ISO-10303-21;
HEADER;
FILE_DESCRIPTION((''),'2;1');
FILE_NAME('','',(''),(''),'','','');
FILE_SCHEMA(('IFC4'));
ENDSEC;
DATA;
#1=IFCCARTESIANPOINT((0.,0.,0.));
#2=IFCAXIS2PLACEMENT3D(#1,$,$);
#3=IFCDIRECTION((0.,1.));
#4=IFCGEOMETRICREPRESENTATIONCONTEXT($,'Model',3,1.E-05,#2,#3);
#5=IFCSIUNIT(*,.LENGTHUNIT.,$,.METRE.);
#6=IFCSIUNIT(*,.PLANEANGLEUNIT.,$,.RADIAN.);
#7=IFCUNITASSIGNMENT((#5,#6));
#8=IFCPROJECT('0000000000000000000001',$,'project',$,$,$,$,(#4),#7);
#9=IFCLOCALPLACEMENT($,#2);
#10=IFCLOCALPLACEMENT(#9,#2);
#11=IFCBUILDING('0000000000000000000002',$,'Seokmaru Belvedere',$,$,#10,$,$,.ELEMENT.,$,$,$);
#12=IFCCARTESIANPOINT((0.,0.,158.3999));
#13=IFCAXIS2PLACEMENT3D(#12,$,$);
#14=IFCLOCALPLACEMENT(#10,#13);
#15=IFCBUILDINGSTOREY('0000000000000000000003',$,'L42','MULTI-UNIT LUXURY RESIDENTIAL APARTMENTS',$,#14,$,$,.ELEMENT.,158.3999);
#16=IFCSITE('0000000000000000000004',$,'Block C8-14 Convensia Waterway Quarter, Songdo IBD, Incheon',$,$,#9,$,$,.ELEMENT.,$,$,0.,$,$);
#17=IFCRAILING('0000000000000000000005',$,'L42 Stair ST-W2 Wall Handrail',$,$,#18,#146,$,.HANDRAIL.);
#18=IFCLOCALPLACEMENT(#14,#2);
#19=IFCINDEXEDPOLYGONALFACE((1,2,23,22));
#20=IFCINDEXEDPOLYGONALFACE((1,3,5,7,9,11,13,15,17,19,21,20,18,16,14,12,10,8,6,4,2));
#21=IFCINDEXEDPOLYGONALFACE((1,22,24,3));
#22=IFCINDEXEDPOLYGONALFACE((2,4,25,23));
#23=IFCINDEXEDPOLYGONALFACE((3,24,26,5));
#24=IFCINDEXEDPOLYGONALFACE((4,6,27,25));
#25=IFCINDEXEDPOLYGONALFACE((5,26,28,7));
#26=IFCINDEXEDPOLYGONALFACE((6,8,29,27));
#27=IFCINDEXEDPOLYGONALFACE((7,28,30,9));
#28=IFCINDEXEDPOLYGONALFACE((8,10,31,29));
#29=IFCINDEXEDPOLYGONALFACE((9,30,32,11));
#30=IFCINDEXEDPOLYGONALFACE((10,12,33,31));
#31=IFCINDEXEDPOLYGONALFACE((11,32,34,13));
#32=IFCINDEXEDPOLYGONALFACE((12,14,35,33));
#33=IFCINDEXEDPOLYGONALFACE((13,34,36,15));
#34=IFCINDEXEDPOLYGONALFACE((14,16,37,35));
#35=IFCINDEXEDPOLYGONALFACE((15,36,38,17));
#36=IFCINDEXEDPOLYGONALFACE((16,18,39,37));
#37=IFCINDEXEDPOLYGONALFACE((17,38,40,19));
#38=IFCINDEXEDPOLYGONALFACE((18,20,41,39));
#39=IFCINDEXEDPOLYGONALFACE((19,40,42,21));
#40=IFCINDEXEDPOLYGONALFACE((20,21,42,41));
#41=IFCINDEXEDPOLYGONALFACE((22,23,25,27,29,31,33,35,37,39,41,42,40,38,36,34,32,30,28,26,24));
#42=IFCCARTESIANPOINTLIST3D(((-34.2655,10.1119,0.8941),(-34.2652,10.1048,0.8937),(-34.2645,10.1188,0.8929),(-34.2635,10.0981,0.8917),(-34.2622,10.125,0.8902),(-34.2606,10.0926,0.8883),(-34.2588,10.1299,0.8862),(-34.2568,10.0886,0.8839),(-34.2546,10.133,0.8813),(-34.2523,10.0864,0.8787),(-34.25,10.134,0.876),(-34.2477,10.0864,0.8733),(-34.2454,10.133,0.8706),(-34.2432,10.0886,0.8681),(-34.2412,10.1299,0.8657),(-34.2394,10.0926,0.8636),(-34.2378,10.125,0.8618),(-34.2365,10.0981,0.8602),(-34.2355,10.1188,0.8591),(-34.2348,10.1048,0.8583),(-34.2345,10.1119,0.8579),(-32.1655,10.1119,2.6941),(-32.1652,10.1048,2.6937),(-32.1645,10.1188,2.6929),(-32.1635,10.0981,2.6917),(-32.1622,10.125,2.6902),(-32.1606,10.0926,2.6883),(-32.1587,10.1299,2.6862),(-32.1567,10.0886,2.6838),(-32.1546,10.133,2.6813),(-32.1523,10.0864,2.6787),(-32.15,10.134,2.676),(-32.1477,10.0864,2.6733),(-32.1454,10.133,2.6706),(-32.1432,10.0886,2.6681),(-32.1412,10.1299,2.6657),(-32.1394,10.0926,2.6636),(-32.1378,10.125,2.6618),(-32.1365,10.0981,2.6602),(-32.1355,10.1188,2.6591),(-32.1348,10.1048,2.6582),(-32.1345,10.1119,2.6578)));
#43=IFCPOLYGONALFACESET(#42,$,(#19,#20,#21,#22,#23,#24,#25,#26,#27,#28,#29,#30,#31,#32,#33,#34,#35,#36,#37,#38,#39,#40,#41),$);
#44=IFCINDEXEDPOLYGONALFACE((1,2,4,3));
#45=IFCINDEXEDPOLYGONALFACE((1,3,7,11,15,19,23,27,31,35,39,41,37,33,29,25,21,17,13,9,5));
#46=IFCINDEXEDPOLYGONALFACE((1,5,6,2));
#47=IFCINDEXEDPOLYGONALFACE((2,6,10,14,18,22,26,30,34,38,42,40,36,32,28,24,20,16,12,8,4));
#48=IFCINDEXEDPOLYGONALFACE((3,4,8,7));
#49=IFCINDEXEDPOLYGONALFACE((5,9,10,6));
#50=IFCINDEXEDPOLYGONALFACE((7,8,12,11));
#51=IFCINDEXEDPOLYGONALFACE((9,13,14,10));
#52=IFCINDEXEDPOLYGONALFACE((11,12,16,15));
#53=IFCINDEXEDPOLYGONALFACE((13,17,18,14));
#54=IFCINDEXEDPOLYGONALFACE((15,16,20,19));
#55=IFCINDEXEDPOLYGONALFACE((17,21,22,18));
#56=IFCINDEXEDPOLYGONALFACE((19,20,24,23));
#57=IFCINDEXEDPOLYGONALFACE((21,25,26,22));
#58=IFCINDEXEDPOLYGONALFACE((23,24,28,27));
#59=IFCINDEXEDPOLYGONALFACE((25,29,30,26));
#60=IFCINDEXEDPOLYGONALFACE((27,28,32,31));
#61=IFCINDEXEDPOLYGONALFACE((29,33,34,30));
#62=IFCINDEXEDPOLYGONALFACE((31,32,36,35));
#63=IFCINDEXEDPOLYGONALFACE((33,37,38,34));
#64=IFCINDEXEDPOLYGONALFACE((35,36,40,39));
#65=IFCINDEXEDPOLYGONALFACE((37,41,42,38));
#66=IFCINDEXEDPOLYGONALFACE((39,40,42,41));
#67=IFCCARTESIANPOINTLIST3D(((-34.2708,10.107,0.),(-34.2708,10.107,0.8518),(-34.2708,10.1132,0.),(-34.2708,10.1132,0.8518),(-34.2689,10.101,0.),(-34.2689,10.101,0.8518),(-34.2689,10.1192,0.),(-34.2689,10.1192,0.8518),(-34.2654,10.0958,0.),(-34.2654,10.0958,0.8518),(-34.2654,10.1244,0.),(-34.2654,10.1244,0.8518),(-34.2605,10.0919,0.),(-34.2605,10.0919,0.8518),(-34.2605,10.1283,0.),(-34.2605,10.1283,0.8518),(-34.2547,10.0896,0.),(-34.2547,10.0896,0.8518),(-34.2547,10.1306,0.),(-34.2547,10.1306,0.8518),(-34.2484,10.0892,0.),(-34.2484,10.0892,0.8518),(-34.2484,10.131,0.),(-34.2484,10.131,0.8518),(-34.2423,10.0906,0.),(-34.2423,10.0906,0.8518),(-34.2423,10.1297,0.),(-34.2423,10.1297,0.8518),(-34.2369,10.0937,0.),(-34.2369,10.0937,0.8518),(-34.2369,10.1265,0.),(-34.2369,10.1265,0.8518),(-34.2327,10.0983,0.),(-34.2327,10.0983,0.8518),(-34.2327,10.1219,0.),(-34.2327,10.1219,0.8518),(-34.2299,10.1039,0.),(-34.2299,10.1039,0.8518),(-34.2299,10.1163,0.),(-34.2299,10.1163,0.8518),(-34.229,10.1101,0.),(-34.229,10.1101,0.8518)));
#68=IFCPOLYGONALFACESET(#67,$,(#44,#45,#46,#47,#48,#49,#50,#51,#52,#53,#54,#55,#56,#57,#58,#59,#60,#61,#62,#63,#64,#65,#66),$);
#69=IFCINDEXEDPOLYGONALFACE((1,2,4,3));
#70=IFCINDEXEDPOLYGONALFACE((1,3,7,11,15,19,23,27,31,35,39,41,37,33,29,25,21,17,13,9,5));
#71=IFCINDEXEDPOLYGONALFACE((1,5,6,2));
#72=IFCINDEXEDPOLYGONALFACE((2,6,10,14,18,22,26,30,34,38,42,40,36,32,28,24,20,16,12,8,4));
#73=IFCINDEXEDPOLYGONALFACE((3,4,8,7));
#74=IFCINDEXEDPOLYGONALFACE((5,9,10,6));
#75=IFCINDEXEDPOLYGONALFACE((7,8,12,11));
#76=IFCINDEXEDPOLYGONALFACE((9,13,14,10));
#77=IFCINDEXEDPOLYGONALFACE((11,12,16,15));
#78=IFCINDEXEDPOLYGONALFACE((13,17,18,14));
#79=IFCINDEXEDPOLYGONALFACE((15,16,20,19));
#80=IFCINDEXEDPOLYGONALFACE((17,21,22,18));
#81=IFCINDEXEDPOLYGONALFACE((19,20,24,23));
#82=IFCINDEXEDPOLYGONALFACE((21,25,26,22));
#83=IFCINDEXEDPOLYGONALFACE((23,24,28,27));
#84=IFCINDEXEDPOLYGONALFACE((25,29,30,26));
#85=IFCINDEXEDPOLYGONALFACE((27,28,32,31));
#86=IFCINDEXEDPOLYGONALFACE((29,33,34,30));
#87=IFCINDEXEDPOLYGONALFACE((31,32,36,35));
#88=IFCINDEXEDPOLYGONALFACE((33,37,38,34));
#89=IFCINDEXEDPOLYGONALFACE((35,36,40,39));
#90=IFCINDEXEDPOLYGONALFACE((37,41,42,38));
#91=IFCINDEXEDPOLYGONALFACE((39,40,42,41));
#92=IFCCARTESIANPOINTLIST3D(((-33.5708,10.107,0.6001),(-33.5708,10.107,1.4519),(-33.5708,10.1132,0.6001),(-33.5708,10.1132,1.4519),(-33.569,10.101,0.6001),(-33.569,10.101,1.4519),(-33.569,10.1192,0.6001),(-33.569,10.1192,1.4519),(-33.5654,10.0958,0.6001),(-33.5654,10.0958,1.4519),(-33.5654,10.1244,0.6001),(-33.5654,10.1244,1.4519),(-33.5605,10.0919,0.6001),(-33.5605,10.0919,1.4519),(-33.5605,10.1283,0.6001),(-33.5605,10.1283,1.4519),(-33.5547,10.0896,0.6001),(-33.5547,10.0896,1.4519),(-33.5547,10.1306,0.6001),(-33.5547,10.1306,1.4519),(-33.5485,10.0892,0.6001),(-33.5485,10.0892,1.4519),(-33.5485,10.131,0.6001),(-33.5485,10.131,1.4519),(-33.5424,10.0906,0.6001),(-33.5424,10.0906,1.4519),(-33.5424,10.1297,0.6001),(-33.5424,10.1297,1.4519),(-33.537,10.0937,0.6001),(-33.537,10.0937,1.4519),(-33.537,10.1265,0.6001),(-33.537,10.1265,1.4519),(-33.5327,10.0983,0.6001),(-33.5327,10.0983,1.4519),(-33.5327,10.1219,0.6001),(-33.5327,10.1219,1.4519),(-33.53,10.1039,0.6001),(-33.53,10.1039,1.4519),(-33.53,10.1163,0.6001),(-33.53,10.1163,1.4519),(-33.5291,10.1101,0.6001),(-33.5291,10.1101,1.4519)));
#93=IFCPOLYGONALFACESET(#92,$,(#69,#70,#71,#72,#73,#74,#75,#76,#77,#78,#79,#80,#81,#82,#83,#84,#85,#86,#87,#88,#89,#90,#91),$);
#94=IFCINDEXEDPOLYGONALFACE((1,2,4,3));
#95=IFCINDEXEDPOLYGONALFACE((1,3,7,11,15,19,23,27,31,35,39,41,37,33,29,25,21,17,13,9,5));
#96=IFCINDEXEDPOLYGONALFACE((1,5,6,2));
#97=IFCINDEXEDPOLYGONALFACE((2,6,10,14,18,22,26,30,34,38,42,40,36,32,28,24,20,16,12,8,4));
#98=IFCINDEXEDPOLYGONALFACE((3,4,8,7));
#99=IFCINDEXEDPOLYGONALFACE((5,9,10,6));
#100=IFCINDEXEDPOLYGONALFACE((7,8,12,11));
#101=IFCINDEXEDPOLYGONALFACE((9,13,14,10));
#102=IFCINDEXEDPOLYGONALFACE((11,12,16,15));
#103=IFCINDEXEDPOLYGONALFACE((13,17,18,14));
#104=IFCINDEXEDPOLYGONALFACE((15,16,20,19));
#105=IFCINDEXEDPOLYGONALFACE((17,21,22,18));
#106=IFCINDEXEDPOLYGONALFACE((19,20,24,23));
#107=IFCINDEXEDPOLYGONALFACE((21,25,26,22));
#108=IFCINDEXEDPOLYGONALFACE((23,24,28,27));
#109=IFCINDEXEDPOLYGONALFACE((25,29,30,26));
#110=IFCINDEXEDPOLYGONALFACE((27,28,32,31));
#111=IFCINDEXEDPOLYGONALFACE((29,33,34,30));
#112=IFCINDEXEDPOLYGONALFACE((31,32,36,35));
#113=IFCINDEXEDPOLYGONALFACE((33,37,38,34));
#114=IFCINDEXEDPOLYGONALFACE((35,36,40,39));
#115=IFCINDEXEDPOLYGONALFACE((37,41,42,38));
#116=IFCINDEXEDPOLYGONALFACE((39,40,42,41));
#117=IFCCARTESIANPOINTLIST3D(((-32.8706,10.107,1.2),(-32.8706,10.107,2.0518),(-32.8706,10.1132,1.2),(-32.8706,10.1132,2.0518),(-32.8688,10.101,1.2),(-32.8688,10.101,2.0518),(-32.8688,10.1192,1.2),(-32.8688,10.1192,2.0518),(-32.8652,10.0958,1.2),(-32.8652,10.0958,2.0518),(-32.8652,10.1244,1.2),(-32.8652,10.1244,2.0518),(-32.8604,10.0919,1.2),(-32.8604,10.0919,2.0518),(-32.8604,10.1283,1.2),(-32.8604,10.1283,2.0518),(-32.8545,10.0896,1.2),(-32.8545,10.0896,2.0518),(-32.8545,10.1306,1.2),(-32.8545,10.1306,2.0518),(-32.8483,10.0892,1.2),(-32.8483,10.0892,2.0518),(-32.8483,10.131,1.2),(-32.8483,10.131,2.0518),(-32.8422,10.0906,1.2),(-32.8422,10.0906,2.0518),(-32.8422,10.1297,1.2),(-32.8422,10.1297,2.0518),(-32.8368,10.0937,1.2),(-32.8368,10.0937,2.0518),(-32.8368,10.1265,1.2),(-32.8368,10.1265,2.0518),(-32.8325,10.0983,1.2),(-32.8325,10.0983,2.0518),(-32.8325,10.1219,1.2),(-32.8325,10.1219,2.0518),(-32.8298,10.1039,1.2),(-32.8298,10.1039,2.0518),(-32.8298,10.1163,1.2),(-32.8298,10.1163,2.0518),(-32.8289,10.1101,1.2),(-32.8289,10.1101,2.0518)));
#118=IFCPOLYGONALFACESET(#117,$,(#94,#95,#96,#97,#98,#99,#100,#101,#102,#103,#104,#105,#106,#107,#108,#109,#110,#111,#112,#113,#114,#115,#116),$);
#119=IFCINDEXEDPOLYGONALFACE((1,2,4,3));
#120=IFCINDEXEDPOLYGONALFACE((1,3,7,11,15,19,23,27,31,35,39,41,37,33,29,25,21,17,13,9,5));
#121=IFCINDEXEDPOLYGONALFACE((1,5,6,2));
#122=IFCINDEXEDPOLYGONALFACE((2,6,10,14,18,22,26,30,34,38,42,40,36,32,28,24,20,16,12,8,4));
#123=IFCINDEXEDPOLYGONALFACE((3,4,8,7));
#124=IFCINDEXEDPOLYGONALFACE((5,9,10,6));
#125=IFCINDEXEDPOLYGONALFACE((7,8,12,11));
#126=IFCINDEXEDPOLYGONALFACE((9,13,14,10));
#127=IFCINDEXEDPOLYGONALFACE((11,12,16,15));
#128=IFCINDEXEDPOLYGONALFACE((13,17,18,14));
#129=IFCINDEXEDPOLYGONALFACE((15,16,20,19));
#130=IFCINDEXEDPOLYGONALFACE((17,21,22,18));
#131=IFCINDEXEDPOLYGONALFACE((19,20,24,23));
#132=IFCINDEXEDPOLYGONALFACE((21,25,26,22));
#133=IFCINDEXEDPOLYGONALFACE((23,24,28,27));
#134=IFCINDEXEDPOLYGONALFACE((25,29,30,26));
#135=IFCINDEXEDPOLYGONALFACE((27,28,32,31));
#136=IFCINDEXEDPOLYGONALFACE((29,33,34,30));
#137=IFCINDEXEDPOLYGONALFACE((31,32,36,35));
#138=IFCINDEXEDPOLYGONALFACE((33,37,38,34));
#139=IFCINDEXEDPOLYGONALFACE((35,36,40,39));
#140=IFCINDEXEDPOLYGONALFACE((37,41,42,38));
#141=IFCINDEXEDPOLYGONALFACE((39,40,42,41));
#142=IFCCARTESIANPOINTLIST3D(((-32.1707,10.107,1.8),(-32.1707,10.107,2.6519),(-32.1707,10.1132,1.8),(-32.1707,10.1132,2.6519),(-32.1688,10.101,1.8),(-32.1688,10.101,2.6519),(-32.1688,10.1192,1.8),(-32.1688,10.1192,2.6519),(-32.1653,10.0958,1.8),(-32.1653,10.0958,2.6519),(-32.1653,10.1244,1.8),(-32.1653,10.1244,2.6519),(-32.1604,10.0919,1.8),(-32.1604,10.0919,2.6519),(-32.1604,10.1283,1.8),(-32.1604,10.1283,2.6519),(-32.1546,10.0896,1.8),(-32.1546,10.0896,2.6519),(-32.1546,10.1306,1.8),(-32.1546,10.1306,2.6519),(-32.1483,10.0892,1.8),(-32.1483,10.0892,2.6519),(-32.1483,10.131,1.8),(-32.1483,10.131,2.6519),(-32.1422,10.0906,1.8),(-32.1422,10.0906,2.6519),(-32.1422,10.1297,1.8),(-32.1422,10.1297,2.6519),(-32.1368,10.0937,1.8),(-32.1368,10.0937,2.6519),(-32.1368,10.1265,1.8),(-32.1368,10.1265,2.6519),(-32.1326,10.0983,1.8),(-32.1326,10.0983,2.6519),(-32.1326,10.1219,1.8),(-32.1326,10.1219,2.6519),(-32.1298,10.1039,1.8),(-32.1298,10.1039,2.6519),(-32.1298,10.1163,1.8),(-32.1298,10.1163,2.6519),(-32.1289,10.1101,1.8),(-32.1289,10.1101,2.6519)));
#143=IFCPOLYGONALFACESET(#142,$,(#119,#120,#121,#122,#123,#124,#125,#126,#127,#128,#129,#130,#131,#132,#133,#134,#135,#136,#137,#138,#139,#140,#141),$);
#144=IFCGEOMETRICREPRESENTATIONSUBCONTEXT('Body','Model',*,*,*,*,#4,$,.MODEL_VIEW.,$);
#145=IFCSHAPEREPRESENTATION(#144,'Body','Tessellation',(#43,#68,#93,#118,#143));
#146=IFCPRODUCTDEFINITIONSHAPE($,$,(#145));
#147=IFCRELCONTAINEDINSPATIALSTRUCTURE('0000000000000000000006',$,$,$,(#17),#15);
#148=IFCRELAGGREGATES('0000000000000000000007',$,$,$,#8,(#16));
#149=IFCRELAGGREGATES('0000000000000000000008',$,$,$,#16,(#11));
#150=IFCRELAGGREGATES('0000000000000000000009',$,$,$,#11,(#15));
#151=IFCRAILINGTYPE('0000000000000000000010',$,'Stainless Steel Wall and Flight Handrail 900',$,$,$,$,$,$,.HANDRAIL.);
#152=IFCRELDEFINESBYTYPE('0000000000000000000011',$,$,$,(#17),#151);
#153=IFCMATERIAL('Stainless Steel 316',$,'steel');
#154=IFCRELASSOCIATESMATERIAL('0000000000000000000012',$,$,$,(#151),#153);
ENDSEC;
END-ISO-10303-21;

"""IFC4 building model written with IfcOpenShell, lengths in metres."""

from ifc_helpers import new_model, si_unit, direction, frame, origin, origin_2d, place, context, subcontext, project, spatial, circle, extrude, material, type_object, element, save


model = new_model("IFC4")

# Units and contexts
model_context = context("Model", 3, precision=1e-05, world=origin(), true_north=direction((0.0, 1.0)))
body_context = subcontext(model_context, "Body", "Model", "MODEL_VIEW")
ifc_project = project(units=[si_unit("LENGTHUNIT", "METRE"), si_unit("PLANEANGLEUNIT", "RADIAN")], contexts=[model_context])

# Site, building, storey
site_placement = place(None, origin())
site = spatial("IfcSite", under=ifc_project, at=site_placement, Name="Block C8-14 Convensia Waterway Quarter, Songdo IBD, Incheon", CompositionType="ELEMENT", RefElevation=0.0)
building_placement = place(site_placement, origin())
building = spatial("IfcBuilding", under=site, at=building_placement, Name="Seokmaru Belvedere", CompositionType="ELEMENT")
storey_placement = place(building_placement, frame((0.0, 0.0, 158.3999)))
storey = spatial("IfcBuildingStorey", under=building, at=storey_placement, Name="L42", Description="MULTI-UNIT LUXURY RESIDENTIAL APARTMENTS", CompositionType="ELEMENT", Elevation=158.3999)

# Railing
ifc_material_1 = material(Name="Stainless Steel 316", Category="steel")
railing_type_1 = type_object("IfcRailingType", Name="Stainless Steel Wall and Flight Handrail 900", PredefinedType="HANDRAIL", material=ifc_material_1)
railing_1_placement = place(storey_placement, frame((-34.25, 10.1101, 0.0)))
element("IfcRailing", 1, at=railing_1_placement, inside=storey, type_object=railing_type_1, Name="L42 Stair ST-W2 Wall Handrail", PredefinedType="HANDRAIL", context=body_context, shape_type="SweptSolid", body=[
    extrude(circle(Radius=0.0239, at=origin_2d()), frame((0.0, 0.0, 0.876), z_axis=(0.759263, 0.0, 0.650784), x_axis=(0.0, 1.0, 0.0)), (0.0, 0.0, 1.0), 2.7659),
    extrude(circle(Radius=0.021, at=origin_2d()), origin(), (0.0, 0.0, 1.0), 0.8518),
    extrude(circle(Radius=0.021, at=origin_2d()), frame((0.7, 0.0, 0.6001)), (0.0, 0.0, 1.0), 0.8518),
    extrude(circle(Radius=0.021, at=origin_2d()), frame((1.4001, 0.0, 1.2)), (0.0, 0.0, 1.0), 0.8518),
    extrude(circle(Radius=0.021, at=origin_2d()), frame((2.1001, 0.0, 1.8)), (0.0, 0.0, 1.0), 0.8518),
])

save(model, "model.ifc")
